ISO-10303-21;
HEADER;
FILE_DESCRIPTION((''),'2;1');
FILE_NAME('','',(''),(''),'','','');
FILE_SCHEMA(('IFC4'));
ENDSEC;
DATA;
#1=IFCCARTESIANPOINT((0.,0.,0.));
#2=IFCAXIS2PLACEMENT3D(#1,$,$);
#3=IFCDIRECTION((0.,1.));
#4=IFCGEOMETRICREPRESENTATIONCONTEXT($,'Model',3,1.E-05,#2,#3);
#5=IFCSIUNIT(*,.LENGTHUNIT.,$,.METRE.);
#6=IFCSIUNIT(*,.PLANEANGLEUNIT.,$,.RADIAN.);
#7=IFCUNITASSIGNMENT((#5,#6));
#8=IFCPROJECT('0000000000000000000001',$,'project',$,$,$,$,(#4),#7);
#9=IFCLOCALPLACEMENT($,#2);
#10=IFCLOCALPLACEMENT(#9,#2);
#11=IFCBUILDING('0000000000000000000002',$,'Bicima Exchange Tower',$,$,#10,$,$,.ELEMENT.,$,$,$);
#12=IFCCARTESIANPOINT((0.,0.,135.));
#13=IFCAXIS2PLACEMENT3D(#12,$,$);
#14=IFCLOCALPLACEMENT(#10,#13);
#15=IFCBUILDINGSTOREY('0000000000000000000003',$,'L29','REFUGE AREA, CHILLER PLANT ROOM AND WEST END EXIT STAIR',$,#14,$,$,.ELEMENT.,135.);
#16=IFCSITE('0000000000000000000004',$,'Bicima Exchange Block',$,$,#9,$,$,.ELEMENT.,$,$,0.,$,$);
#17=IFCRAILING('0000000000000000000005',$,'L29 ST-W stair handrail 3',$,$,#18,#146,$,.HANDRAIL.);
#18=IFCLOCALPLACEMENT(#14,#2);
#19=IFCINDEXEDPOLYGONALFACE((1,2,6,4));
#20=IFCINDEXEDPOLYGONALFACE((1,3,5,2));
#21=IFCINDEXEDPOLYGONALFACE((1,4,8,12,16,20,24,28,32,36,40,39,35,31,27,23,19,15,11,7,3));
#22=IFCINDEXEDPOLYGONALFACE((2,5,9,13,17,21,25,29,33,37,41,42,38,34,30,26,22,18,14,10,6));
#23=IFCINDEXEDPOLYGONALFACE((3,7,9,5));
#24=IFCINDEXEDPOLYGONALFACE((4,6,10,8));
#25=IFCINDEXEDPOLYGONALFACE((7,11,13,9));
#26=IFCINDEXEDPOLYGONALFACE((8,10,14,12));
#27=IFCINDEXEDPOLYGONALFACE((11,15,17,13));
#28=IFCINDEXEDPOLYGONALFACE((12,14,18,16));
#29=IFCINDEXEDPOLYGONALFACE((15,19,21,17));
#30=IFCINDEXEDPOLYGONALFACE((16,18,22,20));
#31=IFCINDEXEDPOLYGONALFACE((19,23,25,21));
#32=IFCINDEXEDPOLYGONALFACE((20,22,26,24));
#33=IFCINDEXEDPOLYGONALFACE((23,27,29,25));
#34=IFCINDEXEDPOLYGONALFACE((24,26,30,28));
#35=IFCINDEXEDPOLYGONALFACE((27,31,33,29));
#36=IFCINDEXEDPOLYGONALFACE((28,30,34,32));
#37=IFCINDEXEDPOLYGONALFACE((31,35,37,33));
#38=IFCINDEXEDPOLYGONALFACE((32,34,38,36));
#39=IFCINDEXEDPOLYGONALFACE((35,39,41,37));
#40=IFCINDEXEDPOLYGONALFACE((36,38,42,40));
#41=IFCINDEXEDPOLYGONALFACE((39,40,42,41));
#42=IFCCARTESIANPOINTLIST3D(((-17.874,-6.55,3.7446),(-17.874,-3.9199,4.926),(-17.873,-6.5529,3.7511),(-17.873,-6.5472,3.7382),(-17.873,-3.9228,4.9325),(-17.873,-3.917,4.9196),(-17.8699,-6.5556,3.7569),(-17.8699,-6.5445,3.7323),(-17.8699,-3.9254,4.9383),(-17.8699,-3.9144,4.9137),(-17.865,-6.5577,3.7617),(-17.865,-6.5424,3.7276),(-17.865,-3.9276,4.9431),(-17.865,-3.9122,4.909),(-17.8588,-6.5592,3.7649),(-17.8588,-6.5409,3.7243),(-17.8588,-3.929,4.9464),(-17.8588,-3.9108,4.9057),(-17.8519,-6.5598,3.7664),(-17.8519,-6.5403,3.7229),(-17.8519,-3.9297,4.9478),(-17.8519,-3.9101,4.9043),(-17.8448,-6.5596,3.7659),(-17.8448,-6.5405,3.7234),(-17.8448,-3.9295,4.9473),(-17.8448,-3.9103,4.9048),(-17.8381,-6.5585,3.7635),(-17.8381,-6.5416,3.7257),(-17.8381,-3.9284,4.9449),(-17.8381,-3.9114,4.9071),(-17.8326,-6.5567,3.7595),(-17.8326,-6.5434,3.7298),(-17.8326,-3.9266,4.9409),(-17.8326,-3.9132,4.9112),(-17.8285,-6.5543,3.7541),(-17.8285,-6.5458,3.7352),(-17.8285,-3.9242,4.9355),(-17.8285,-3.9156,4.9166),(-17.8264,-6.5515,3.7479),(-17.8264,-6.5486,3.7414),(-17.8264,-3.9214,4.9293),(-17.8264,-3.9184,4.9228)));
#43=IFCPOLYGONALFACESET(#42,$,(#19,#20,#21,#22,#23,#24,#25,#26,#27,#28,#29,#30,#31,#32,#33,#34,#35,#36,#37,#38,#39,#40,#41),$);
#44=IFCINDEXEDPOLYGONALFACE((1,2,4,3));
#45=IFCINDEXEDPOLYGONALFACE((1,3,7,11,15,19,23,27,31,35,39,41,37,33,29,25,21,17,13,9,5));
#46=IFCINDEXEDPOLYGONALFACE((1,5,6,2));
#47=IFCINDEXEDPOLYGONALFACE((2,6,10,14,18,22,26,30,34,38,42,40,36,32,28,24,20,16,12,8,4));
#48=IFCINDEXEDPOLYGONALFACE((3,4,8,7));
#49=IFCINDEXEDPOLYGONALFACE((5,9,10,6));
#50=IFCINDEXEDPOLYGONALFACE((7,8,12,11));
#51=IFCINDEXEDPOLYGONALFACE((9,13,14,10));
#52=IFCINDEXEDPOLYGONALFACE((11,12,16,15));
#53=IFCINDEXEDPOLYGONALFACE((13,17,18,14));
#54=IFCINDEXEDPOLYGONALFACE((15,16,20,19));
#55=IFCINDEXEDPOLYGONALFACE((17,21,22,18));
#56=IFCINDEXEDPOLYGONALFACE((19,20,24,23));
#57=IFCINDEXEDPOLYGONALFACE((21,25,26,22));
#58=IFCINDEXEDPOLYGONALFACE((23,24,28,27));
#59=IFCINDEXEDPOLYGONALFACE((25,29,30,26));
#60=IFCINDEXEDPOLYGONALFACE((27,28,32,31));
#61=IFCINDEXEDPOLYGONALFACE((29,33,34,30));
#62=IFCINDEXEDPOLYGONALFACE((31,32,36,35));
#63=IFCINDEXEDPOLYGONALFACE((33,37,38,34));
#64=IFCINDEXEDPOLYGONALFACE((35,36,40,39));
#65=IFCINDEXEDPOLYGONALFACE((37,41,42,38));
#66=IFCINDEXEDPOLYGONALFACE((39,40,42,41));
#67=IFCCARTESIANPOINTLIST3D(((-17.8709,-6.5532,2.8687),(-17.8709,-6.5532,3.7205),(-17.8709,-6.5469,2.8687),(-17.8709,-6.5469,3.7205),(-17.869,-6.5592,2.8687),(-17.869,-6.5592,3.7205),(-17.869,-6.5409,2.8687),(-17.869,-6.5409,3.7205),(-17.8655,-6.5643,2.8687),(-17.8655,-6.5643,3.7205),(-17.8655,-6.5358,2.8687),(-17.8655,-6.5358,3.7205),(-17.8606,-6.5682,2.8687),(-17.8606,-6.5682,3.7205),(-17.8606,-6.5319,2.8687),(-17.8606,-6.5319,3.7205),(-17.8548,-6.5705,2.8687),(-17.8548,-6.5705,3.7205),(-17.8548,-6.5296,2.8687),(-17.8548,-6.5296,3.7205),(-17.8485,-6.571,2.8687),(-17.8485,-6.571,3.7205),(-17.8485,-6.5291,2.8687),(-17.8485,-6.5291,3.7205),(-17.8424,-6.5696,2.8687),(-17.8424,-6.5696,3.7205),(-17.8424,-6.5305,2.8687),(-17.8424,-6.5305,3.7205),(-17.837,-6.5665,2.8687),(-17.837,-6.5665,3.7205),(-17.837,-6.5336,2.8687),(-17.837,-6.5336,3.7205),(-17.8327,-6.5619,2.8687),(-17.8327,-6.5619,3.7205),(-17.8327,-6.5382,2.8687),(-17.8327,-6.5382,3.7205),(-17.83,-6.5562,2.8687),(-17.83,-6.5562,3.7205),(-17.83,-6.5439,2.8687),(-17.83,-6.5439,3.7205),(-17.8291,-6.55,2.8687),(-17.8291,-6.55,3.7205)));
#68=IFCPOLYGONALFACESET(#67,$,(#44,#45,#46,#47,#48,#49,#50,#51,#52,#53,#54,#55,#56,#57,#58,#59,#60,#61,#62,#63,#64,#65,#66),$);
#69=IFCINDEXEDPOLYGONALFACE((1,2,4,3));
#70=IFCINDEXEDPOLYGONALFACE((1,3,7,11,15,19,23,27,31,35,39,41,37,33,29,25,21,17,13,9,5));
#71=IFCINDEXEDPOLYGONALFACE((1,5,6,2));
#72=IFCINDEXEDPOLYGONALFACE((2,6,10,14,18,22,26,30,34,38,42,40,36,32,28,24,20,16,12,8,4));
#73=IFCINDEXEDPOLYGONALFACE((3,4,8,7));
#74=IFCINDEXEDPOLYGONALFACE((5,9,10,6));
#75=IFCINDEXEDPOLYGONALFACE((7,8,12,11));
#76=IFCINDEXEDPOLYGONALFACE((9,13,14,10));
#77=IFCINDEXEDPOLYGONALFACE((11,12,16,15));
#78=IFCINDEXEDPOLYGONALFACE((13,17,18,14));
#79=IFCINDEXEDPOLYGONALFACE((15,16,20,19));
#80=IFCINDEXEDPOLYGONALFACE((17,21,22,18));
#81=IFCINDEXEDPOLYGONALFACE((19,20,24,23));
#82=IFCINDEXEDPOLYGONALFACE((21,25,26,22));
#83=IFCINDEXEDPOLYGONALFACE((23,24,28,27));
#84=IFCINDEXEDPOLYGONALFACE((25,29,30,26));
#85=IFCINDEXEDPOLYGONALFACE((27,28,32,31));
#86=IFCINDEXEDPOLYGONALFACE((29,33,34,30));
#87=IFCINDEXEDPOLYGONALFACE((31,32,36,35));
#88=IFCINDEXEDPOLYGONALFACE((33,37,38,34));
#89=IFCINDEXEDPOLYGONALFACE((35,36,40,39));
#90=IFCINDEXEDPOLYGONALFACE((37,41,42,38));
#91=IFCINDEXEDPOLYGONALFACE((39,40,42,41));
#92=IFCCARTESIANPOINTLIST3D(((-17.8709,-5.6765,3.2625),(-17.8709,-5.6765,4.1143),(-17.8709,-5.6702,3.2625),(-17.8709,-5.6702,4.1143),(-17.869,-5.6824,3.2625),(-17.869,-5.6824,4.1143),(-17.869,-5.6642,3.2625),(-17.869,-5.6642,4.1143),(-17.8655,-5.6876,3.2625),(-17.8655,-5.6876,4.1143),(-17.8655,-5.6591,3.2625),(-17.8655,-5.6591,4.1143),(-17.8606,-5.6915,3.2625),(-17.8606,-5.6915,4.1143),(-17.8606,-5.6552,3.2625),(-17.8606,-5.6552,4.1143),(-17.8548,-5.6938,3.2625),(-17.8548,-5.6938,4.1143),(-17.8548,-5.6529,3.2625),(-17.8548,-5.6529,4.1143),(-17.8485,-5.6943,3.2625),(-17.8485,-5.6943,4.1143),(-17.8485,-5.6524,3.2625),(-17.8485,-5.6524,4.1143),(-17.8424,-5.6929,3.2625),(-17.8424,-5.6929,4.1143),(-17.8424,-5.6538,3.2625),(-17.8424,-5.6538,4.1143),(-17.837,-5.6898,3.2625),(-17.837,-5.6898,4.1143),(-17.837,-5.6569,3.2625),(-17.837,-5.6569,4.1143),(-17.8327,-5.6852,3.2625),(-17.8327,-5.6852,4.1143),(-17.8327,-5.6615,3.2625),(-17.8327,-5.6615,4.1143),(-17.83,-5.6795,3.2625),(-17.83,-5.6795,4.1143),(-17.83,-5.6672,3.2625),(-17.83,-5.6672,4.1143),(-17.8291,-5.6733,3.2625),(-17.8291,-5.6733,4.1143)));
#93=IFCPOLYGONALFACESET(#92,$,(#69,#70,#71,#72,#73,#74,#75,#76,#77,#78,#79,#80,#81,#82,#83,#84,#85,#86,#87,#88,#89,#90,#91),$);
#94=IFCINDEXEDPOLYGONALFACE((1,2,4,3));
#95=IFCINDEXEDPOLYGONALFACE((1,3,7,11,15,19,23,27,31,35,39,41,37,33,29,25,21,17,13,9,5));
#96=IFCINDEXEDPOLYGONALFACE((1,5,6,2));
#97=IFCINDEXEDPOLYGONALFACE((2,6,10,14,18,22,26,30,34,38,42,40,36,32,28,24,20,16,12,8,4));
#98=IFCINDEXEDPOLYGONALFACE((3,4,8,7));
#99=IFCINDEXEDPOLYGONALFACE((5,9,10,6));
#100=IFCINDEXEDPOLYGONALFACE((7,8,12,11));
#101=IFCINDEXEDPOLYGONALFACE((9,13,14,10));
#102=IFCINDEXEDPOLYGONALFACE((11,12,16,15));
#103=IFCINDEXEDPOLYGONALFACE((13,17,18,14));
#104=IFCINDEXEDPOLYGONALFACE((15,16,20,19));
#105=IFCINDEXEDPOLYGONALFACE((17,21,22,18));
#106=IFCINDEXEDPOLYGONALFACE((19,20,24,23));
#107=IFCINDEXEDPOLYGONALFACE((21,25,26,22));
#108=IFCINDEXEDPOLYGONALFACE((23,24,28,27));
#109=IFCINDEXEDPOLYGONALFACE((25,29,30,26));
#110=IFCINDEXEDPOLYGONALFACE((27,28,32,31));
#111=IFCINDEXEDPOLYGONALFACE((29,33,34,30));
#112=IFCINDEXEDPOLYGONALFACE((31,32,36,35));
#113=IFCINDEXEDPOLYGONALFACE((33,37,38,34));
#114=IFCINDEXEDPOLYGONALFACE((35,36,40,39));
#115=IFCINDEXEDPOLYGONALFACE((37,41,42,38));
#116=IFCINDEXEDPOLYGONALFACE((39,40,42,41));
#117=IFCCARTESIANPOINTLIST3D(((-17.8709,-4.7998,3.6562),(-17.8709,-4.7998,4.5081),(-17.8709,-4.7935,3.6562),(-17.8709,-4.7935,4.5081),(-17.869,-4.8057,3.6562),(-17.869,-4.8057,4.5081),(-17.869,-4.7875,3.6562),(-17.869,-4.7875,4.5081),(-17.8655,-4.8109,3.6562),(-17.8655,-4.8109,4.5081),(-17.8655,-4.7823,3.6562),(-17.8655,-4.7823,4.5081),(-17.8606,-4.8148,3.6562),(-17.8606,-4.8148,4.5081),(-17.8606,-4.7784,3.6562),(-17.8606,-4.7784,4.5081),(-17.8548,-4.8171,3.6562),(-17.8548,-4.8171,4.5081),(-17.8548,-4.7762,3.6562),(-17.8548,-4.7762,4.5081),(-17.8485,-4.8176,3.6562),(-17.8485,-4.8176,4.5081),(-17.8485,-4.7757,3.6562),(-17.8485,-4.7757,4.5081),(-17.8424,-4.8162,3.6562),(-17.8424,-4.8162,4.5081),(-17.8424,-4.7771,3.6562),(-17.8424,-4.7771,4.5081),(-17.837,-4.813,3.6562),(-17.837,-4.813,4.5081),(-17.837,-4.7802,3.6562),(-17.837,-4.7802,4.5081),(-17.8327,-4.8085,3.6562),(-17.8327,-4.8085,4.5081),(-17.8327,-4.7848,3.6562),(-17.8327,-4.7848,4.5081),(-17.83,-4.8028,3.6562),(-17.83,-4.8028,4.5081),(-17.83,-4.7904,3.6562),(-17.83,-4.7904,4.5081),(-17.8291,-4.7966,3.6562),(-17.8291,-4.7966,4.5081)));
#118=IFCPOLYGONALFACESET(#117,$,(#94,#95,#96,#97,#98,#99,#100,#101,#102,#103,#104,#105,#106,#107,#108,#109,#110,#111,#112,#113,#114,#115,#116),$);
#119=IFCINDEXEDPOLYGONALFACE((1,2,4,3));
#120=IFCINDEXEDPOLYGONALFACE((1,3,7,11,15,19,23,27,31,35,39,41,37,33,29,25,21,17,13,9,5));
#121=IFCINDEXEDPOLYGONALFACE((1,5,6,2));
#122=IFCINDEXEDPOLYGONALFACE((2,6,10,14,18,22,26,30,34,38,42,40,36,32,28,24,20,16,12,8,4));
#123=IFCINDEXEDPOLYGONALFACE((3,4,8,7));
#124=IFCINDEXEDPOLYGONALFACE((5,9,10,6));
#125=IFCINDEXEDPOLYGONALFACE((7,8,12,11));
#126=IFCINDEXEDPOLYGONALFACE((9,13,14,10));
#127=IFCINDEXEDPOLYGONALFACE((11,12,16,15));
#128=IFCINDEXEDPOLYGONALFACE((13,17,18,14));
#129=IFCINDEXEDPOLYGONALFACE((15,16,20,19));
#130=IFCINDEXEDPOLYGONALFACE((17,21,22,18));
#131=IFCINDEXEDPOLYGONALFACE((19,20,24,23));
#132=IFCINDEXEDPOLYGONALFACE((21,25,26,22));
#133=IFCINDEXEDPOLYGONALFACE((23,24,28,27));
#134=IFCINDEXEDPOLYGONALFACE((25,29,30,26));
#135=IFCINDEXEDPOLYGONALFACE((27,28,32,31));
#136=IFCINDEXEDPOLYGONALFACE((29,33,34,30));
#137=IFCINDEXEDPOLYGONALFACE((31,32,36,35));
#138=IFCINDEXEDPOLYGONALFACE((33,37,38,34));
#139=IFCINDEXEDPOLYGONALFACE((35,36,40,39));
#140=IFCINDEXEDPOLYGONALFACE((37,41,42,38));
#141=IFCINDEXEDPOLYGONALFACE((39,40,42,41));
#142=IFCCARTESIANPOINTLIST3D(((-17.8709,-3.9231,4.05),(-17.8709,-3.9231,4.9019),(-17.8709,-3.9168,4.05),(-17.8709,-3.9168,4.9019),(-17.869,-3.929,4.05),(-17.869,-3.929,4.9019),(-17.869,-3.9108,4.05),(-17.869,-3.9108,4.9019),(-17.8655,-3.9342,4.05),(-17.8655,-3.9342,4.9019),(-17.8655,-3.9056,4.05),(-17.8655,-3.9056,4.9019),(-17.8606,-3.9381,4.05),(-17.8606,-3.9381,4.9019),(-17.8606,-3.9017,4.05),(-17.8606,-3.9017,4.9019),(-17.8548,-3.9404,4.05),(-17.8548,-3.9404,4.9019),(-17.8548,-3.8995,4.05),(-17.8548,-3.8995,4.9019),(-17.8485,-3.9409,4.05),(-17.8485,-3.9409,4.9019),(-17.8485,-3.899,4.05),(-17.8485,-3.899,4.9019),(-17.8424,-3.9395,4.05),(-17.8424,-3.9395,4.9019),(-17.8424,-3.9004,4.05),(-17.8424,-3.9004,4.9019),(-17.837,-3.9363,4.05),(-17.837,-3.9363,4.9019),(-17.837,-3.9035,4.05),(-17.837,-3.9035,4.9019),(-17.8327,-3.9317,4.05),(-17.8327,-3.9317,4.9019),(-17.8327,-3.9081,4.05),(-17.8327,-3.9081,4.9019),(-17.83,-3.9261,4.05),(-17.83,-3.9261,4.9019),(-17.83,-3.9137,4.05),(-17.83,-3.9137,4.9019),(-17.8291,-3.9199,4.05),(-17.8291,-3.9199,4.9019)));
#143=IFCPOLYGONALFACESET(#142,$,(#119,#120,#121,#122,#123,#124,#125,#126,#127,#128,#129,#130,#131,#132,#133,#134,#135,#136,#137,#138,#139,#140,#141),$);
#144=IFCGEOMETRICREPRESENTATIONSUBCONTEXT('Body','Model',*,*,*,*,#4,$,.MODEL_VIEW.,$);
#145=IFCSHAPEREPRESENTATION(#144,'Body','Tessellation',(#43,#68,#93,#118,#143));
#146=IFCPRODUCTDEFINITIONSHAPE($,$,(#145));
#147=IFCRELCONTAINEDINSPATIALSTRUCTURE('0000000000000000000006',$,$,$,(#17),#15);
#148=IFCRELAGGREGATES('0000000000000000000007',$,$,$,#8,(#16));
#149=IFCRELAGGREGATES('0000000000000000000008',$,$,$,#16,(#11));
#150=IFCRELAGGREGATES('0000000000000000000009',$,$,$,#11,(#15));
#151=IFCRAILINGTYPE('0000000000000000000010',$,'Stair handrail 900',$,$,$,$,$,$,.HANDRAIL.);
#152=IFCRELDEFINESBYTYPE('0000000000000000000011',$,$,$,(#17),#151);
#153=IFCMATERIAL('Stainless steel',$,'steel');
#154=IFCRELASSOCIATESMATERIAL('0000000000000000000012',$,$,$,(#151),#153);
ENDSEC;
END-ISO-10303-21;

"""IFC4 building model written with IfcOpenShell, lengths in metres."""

from ifc_helpers import new_model, si_unit, direction, frame, origin, origin_2d, place, context, subcontext, project, spatial, circle, extrude, material, type_object, element, save


model = new_model("IFC4")

# Units and contexts
model_context = context("Model", 3, precision=1e-05, world=origin(), true_north=direction((0.0, 1.0)))
body_context = subcontext(model_context, "Body", "Model", "MODEL_VIEW")
ifc_project = project(units=[si_unit("LENGTHUNIT", "METRE"), si_unit("PLANEANGLEUNIT", "RADIAN")], contexts=[model_context])

# Site, building, storey
site_placement = place(None, origin())
site = spatial("IfcSite", under=ifc_project, at=site_placement, Name="Bicima Exchange Block", CompositionType="ELEMENT", RefElevation=0.0)
building_placement = place(site_placement, origin())
building = spatial("IfcBuilding", under=site, at=building_placement, Name="Bicima Exchange Tower", CompositionType="ELEMENT")
storey_placement = place(building_placement, frame((0.0, 0.0, 135.0)))
storey = spatial("IfcBuildingStorey", under=building, at=storey_placement, Name="L29", Description="REFUGE AREA, CHILLER PLANT ROOM AND WEST END EXIT STAIR", CompositionType="ELEMENT", Elevation=135.0)

# Shared definitions
ifc_material_1 = material(Name="Stainless steel", Category="steel")

# Railing
railing_type_1 = type_object("IfcRailingType", Name="Stair handrail 900", PredefinedType="HANDRAIL", material=ifc_material_1)
for number, where, name in (
    (1, (-17.8501, -6.55, 2.8687), "L29 ST-W stair handrail 3"),
):
    element("IfcRailing", number, at=place(storey_placement, frame(where)), inside=storey, type_object=railing_type_1, Name=name, PredefinedType="HANDRAIL", context=body_context, shape_type="SweptSolid", body=[
        extrude(circle(Radius=0.0239, at=origin_2d()), frame((0.0, 0.0, 0.876), z_axis=(0.0, 0.912202, 0.409741), x_axis=(-1.0, 0.0, 0.0)), (0.0, 0.0, 1.0), 2.8833),
        extrude(circle(Radius=0.021, at=origin_2d()), origin(), (0.0, 0.0, 1.0), 0.8518),
        extrude(circle(Radius=0.021, at=origin_2d()), frame((0.0, 0.8767, 0.3938)), (0.0, 0.0, 1.0), 0.8518),
        extrude(circle(Radius=0.021, at=origin_2d()), frame((0.0, 1.7534, 0.7876)), (0.0, 0.0, 1.0), 0.8518),
        extrude(circle(Radius=0.021, at=origin_2d()), frame((0.0, 2.6301, 1.1814)), (0.0, 0.0, 1.0), 0.8518),
    ])

save(model, "model.ifc")
